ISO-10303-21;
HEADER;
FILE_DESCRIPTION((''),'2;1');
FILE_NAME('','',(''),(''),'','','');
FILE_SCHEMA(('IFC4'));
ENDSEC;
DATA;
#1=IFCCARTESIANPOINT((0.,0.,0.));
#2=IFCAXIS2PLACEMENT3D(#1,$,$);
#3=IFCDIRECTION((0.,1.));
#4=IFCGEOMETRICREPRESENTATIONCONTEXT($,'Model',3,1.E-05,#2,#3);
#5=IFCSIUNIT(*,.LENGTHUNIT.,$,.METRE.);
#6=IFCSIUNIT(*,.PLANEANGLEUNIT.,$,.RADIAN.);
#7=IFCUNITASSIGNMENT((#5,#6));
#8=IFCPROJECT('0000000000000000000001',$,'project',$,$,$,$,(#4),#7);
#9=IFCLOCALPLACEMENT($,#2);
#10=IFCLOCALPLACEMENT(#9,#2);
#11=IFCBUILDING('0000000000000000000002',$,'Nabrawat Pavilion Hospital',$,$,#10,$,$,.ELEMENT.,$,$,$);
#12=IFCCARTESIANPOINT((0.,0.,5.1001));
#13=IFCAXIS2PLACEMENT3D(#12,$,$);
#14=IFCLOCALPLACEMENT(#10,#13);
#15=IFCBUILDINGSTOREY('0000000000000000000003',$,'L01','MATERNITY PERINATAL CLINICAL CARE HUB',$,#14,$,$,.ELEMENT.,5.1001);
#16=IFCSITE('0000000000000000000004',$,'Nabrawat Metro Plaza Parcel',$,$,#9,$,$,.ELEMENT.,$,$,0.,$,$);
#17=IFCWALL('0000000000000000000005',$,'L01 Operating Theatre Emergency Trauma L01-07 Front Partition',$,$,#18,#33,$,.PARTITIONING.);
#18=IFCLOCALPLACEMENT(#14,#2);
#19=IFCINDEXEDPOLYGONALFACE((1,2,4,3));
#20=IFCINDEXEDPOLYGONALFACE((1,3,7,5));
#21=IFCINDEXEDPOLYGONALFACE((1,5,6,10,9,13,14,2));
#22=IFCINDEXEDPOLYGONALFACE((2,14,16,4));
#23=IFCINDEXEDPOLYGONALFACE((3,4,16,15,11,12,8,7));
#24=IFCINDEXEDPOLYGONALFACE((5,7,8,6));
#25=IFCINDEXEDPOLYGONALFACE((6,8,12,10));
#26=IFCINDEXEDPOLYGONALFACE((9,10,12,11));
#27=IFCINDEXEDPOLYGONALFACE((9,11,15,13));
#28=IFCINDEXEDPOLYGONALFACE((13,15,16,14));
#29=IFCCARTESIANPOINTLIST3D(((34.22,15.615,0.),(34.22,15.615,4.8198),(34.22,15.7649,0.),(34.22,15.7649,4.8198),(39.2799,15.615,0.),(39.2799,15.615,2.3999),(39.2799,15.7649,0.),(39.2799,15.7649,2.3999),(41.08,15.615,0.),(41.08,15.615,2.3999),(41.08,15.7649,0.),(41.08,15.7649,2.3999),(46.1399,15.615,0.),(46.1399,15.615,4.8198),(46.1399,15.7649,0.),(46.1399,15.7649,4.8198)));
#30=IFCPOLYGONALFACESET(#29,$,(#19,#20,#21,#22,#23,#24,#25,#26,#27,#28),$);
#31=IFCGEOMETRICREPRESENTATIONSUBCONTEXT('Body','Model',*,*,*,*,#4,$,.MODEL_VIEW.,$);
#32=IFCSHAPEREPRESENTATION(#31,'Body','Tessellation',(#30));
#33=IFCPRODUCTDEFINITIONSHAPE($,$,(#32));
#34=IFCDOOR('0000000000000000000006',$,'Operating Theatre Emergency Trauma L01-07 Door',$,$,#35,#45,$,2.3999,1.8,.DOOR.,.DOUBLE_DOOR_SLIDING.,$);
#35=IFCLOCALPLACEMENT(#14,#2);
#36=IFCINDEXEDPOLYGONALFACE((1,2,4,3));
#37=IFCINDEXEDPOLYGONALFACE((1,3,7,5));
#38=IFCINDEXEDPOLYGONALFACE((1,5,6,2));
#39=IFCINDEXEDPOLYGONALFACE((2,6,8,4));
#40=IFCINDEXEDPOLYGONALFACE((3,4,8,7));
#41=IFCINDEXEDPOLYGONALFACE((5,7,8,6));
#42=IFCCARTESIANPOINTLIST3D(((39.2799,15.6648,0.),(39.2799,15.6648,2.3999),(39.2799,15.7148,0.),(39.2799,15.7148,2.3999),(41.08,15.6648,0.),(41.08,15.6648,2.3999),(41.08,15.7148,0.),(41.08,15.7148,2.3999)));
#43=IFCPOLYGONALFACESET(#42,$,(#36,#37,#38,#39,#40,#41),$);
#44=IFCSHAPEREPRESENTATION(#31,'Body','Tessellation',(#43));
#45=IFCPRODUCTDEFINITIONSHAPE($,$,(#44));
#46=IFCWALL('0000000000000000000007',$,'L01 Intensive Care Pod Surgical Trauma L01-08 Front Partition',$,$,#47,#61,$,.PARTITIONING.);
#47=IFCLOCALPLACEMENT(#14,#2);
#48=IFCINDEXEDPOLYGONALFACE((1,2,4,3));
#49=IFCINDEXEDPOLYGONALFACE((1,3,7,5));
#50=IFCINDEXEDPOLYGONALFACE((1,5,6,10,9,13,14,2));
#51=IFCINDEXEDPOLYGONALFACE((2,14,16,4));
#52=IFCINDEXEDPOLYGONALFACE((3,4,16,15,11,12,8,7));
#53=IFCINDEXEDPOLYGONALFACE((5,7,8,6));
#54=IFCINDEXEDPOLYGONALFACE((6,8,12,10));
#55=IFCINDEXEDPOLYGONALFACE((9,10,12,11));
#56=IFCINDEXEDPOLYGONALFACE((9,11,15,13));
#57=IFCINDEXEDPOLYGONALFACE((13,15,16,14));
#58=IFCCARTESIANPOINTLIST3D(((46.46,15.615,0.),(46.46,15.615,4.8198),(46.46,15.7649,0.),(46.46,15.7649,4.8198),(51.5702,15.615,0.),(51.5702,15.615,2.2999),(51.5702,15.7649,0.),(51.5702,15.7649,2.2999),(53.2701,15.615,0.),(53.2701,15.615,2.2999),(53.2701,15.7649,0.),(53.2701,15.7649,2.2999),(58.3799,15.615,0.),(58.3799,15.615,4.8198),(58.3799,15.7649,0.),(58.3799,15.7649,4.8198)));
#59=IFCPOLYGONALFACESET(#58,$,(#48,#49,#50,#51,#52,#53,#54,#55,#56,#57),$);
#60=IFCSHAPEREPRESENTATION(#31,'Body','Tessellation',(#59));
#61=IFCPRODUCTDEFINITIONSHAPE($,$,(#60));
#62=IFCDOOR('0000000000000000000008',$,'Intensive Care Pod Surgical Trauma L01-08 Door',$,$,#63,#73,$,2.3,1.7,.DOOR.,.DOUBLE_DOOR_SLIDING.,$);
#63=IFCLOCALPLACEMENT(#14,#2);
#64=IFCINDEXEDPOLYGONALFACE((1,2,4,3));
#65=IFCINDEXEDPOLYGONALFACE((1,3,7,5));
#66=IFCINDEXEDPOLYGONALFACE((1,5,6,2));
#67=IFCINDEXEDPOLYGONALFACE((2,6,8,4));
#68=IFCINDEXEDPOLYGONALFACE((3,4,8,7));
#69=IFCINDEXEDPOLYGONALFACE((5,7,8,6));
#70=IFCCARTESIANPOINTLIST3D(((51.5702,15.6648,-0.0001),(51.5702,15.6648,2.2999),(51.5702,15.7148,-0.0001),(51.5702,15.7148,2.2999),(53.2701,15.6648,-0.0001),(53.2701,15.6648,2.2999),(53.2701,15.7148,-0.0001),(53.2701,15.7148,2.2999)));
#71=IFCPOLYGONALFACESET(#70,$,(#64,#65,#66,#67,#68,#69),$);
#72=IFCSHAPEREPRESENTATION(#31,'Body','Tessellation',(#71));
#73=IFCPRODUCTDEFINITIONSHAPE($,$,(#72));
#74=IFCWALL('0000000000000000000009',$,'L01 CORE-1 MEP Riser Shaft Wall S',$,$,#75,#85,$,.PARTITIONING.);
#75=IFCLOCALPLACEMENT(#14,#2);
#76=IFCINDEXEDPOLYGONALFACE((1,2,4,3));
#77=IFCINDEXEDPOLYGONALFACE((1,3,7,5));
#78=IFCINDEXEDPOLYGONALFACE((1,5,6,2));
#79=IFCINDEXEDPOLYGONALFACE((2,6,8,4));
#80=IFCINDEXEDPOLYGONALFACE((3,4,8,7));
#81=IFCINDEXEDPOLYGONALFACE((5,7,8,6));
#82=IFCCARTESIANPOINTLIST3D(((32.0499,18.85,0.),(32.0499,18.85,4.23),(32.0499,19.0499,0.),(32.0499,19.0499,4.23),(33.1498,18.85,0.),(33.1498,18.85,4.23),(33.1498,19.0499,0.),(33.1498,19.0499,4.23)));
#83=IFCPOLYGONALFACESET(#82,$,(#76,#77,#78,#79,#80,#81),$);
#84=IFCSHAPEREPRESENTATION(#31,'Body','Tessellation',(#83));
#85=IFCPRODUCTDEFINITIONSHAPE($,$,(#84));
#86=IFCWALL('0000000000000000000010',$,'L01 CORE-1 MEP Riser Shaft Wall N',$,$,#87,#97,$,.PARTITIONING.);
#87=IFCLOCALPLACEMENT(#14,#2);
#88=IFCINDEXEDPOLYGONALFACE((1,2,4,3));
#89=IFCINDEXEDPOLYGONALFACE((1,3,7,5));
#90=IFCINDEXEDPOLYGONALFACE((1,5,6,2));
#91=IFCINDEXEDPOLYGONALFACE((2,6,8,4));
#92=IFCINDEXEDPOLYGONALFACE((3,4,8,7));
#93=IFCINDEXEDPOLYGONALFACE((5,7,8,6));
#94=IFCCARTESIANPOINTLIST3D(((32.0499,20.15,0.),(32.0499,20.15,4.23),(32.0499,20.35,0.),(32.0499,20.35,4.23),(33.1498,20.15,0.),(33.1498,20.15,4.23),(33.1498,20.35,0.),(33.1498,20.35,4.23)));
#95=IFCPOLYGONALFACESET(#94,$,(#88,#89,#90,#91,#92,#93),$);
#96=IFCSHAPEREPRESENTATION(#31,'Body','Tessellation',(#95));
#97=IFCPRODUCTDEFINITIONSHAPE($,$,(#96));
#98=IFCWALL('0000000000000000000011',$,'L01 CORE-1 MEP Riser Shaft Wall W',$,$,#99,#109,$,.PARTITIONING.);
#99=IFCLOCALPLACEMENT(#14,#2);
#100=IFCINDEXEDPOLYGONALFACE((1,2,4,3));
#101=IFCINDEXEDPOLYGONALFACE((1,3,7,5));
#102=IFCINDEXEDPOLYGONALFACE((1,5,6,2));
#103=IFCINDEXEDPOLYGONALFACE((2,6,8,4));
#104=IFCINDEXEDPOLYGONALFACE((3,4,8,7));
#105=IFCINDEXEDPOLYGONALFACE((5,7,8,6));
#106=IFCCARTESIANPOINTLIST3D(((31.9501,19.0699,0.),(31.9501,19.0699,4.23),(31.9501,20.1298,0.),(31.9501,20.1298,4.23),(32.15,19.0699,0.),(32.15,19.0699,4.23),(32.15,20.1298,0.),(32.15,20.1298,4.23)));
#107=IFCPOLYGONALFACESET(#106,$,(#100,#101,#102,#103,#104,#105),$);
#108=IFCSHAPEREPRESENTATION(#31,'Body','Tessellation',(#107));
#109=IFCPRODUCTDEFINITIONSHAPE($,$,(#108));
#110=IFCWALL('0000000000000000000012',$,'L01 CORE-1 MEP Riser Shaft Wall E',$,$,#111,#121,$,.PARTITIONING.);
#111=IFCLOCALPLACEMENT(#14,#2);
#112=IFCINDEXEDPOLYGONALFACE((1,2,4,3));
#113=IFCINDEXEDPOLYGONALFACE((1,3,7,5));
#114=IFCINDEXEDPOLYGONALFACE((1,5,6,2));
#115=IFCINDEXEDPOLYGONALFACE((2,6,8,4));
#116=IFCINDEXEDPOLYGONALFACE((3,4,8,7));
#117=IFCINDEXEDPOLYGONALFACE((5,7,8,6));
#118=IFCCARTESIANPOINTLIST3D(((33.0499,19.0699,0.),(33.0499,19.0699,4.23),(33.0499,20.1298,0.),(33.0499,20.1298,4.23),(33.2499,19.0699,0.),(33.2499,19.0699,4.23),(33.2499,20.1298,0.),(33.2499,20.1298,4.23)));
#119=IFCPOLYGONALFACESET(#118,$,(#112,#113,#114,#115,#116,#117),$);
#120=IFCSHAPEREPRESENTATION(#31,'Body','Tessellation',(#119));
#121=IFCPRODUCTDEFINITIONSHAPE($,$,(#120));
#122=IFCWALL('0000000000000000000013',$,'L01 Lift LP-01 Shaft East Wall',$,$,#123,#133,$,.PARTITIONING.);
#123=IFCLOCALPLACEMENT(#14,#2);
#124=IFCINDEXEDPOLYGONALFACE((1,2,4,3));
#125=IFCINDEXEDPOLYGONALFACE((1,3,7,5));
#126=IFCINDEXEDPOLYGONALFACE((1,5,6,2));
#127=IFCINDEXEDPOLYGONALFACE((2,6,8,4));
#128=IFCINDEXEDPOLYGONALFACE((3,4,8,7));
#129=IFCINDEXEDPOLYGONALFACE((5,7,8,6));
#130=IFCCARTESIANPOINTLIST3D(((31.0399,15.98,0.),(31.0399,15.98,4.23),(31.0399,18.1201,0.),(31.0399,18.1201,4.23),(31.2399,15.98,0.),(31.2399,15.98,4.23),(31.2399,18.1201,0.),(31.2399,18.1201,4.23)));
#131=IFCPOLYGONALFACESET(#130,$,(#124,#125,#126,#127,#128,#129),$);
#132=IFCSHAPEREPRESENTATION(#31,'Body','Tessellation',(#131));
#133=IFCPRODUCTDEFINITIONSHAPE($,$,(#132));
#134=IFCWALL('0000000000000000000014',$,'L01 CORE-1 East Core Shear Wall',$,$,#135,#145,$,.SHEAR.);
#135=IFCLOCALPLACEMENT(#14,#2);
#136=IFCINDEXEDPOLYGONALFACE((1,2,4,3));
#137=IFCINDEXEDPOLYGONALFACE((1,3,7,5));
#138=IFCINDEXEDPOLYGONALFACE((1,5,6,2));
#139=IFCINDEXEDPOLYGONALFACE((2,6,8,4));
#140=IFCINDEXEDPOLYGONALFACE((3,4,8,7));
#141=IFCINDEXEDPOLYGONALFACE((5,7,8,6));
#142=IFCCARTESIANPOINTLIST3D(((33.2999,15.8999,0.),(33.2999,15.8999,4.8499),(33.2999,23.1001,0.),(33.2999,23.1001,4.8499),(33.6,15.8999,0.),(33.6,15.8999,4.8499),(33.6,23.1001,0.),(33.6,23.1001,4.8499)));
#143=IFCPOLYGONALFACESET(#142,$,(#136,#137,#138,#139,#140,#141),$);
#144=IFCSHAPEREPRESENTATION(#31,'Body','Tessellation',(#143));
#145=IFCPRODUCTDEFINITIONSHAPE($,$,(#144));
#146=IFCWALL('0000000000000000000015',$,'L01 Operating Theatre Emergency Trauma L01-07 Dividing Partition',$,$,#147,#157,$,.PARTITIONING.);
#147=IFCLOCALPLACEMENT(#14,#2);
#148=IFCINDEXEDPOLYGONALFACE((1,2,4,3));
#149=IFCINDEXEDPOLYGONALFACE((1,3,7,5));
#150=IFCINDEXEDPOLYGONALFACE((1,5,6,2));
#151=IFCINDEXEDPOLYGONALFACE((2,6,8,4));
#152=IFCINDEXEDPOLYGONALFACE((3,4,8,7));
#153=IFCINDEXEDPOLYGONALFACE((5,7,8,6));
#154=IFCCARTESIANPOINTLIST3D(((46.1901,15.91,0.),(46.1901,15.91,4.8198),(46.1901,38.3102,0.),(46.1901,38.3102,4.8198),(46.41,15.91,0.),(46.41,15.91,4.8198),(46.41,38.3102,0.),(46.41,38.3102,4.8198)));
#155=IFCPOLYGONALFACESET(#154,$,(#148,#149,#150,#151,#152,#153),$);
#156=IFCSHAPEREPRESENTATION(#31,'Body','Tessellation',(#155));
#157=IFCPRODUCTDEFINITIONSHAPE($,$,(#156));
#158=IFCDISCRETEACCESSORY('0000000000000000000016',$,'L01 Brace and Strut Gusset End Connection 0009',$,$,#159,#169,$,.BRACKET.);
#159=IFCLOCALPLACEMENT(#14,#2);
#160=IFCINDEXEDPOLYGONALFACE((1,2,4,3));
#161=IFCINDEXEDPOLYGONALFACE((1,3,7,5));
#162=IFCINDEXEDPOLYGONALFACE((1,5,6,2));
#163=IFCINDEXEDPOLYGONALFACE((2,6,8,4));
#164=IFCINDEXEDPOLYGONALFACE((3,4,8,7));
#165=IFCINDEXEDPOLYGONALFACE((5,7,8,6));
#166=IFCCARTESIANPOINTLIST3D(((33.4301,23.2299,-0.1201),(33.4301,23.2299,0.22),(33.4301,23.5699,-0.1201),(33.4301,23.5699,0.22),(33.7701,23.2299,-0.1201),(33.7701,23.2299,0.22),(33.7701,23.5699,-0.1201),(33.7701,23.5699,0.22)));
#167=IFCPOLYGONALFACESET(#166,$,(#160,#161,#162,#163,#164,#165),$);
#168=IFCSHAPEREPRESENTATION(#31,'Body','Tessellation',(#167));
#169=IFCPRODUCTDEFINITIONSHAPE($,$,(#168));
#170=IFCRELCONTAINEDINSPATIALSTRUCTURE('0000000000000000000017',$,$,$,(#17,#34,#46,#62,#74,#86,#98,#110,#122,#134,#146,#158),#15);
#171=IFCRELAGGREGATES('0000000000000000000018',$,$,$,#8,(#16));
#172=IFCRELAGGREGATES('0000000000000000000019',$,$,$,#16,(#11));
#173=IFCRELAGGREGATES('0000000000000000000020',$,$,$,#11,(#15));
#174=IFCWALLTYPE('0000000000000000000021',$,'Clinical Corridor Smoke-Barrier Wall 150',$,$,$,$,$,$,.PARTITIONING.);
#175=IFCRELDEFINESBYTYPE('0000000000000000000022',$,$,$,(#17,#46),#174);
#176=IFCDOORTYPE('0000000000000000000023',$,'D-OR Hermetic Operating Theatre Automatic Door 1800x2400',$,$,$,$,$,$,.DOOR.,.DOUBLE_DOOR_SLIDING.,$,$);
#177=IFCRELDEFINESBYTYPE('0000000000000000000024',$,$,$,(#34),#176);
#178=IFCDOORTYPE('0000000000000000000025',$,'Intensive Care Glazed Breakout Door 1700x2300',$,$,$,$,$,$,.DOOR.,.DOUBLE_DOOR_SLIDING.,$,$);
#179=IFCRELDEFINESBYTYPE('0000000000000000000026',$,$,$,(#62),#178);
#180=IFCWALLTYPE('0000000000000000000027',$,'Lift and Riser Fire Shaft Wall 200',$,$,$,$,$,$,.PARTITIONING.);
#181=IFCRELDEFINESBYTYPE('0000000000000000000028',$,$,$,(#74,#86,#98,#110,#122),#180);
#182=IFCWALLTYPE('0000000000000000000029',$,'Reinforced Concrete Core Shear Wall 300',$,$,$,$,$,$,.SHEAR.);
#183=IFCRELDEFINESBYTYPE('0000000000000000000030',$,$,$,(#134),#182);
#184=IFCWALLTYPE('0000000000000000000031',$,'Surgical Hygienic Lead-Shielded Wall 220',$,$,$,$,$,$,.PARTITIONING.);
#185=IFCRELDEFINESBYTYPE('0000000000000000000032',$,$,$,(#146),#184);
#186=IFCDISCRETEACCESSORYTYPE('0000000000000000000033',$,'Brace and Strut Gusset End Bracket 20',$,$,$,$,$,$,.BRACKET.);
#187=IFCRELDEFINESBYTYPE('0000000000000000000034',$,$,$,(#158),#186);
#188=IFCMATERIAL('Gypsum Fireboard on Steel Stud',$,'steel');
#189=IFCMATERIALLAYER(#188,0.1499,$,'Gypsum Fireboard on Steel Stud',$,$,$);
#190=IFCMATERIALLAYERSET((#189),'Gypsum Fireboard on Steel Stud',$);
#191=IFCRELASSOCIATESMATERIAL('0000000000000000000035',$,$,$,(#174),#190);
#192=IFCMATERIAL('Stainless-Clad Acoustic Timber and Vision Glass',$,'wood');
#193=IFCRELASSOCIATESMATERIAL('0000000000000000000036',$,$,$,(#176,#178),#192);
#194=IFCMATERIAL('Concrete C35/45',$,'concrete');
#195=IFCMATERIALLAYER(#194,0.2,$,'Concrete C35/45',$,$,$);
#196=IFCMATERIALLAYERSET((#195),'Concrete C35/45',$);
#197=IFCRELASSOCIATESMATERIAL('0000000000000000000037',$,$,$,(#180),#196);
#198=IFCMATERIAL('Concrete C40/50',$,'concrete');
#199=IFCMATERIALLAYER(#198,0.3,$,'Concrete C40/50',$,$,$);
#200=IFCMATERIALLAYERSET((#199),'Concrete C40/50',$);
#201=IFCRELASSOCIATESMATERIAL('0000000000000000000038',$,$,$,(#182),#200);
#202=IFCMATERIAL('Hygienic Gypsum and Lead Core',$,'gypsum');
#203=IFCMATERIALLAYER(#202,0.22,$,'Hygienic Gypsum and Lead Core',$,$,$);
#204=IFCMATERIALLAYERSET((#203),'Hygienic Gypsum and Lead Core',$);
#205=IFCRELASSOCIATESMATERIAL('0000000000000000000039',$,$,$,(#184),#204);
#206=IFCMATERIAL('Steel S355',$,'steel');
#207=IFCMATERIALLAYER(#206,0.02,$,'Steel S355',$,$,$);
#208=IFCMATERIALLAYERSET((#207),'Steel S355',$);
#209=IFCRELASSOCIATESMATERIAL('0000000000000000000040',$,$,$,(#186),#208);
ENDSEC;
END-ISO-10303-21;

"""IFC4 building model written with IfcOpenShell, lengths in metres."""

from ifc_helpers import new_model, si_unit, direction, frame, frame_2d, origin, origin_2d, place, context, subcontext, project, spatial, rectangle, extrude, material, layer, layer_set, type_object, element, fill, save


model = new_model("IFC4")

# Units and contexts
model_context = context("Model", 3, precision=1e-05, world=origin(), true_north=direction((0.0, 1.0)))
body_context = subcontext(model_context, "Body", "Model", "MODEL_VIEW")
ifc_project = project(units=[si_unit("LENGTHUNIT", "METRE"), si_unit("PLANEANGLEUNIT", "RADIAN")], contexts=[model_context])

# Site, building, storey
site_placement = place(None, origin())
site = spatial("IfcSite", under=ifc_project, at=site_placement, Name="Nabrawat Metro Plaza Parcel", CompositionType="ELEMENT", RefElevation=0.0)
building_placement = place(site_placement, origin())
building = spatial("IfcBuilding", under=site, at=building_placement, Name="Nabrawat Pavilion Hospital", CompositionType="ELEMENT")
storey_placement = place(building_placement, frame((0.0, 0.0, 5.1001)))
storey = spatial("IfcBuildingStorey", under=building, at=storey_placement, Name="L01", Description="MATERNITY PERINATAL CLINICAL CARE HUB", CompositionType="ELEMENT", Elevation=5.1001)

# Shared definitions
ifc_material_1 = material(Name="Steel S355", Category="steel")

# Walls, openings, doors
ifc_material_2 = material(Name="Gypsum Fireboard on Steel Stud", Category="steel")
ifc_layer_1 = layer(ifc_material_2, 0.1499, Name="Gypsum Fireboard on Steel Stud")
ifc_layer_set_1 = layer_set([ifc_layer_1], Name="Gypsum Fireboard on Steel Stud")
wall_type_1 = type_object("IfcWallType", Name="Clinical Corridor Smoke-Barrier Wall 150", PredefinedType="PARTITIONING", material=ifc_layer_set_1)
ifc_material_3 = material(Name="Stainless-Clad Acoustic Timber and Vision Glass", Category="wood")
wall_1_placement = place(storey_placement, frame((34.22, 15.6899, 0.0), z_axis=(0.0, 0.0, 1.0), x_axis=(1.0, 0.0, 0.0)))
wall_1 = element("IfcWall", 1, at=wall_1_placement, inside=storey, type_object=wall_type_1, Name="L01 Operating Theatre Emergency Trauma L01-07 Front Partition", PredefinedType="PARTITIONING", context=body_context, shape_type="SweptSolid", body=[
    extrude(rectangle(XDim=11.9199, YDim=0.1499, at=frame_2d((5.96, 0.0))), origin(), (0.0, 0.0, 1.0), 4.8198),
])
opening_1_placement = place(wall_1_placement, frame((5.0601, 0.0, 0.0)))
opening_1 = element("IfcOpeningElement", 2, at=opening_1_placement, cuts=wall_1, PredefinedType="OPENING", context=body_context, shape_type="SweptSolid", body=[
    extrude(rectangle(XDim=1.8, YDim=2.3999, at=frame_2d((0.8999, 1.2))), frame((0.0, 0.085, 0.0), z_axis=(0.0, -1.0, 0.0), x_axis=(1.0, 0.0, 0.0)), (0.0, 0.0, 1.0), 0.1699),
])
door_type_1 = type_object("IfcDoorType", Name="D-OR Hermetic Operating Theatre Automatic Door 1800x2400", OperationType="DOUBLE_DOOR_SLIDING", PredefinedType="DOOR", material=ifc_material_3)
door_1_placement = place(opening_1_placement, origin())
door_1 = element("IfcDoor", 3, at=door_1_placement, inside=storey, type_object=door_type_1, Name="Operating Theatre Emergency Trauma L01-07 Door", OperationType="DOUBLE_DOOR_SLIDING", OverallHeight=2.3999, OverallWidth=1.8, PredefinedType="DOOR", context=body_context, shape_type="SweptSolid", body=[
    extrude(rectangle(XDim=1.8, YDim=2.3999, at=frame_2d((0.8999, 1.2))), frame((0.0, 0.0249, 0.0), z_axis=(0.0, -1.0, 0.0), x_axis=(1.0, 0.0, 0.0)), (0.0, 0.0, 1.0), 0.05),
])
fill(opening_1, door_1)
wall_2_placement = place(storey_placement, frame((46.46, 15.6899, 0.0), z_axis=(0.0, 0.0, 1.0), x_axis=(1.0, 0.0, 0.0)))
wall_2 = element("IfcWall", 4, at=wall_2_placement, inside=storey, type_object=wall_type_1, Name="L01 Intensive Care Pod Surgical Trauma L01-08 Front Partition", PredefinedType="PARTITIONING", context=body_context, shape_type="SweptSolid", body=[
    extrude(rectangle(XDim=11.9199, YDim=0.1499, at=frame_2d((5.96, 0.0))), origin(), (0.0, 0.0, 1.0), 4.8198),
])
opening_2_placement = place(wall_2_placement, frame((5.1101, 0.0, 0.0)))
opening_2 = element("IfcOpeningElement", 5, at=opening_2_placement, cuts=wall_2, PredefinedType="OPENING", context=body_context, shape_type="SweptSolid", body=[
    extrude(rectangle(XDim=1.7, YDim=2.3, at=frame_2d((0.8501, 1.1499))), frame((0.0, 0.085, 0.0), z_axis=(0.0, -1.0, 0.0), x_axis=(1.0, 0.0, 0.0)), (0.0, 0.0, 1.0), 0.1699),
])
door_type_2 = type_object("IfcDoorType", Name="Intensive Care Glazed Breakout Door 1700x2300", OperationType="DOUBLE_DOOR_SLIDING", PredefinedType="DOOR", material=ifc_material_3)
door_2_placement = place(opening_2_placement, origin())
door_2 = element("IfcDoor", 6, at=door_2_placement, inside=storey, type_object=door_type_2, Name="Intensive Care Pod Surgical Trauma L01-08 Door", OperationType="DOUBLE_DOOR_SLIDING", OverallHeight=2.3, OverallWidth=1.7, PredefinedType="DOOR", context=body_context, shape_type="SweptSolid", body=[
    extrude(rectangle(XDim=1.7, YDim=2.3, at=frame_2d((0.8501, 1.1499))), frame((0.0, 0.0249, 0.0), z_axis=(0.0, -1.0, 0.0), x_axis=(1.0, 0.0, 0.0)), (0.0, 0.0, 1.0), 0.05),
])
fill(opening_2, door_2)

# Walls
ifc_material_4 = material(Name="Concrete C35/45", Category="concrete")
ifc_layer_2 = layer(ifc_material_4, 0.2, Name="Concrete C35/45")
ifc_layer_set_2 = layer_set([ifc_layer_2], Name="Concrete C35/45")
wall_type_2 = type_object("IfcWallType", Name="Lift and Riser Fire Shaft Wall 200", PredefinedType="PARTITIONING", material=ifc_layer_set_2)
for number, where, z_axis, x_axis, name in (
    (7, (32.05, 18.95, 0.0), (0.0, 0.0, 1.0), (1.0, 0.0, 0.0), "L01 CORE-1 MEP Riser Shaft Wall S"),
    (8, (32.05, 20.25, 0.0), (0.0, 0.0, 1.0), (1.0, 0.0, 0.0), "L01 CORE-1 MEP Riser Shaft Wall N"),
):
    element("IfcWall", number, at=place(storey_placement, frame(where, z_axis=z_axis, x_axis=x_axis)), inside=storey, type_object=wall_type_2, Name=name, PredefinedType="PARTITIONING", context=body_context, shape_type="SweptSolid", body=[
        extrude(rectangle(XDim=1.0999, YDim=0.2, at=frame_2d((0.5498, 0.0))), origin(), (0.0, 0.0, 1.0), 4.23),
    ])
for number, where, z_axis, x_axis, name in (
    (9, (32.05, 19.0701, 0.0), (0.0, 0.0, 1.0), (0.0, 1.0, 0.0), "L01 CORE-1 MEP Riser Shaft Wall W"),
    (10, (33.1499, 19.0701, 0.0), (0.0, 0.0, 1.0), (0.0, 1.0, 0.0), "L01 CORE-1 MEP Riser Shaft Wall E"),
):
    element("IfcWall", number, at=place(storey_placement, frame(where, z_axis=z_axis, x_axis=x_axis)), inside=storey, type_object=wall_type_2, Name=name, PredefinedType="PARTITIONING", context=body_context, shape_type="SweptSolid", body=[
        extrude(rectangle(XDim=1.0598, YDim=0.2, at=frame_2d((0.5298, 0.0))), origin(), (0.0, 0.0, 1.0), 4.23),
    ])
wall_3_placement = place(storey_placement, frame((31.1399, 15.98, 0.0), z_axis=(0.0, 0.0, 1.0), x_axis=(0.0, 1.0, 0.0)))
element("IfcWall", 11, at=wall_3_placement, inside=storey, type_object=wall_type_2, Name="L01 Lift LP-01 Shaft East Wall", PredefinedType="PARTITIONING", context=body_context, shape_type="SweptSolid", body=[
    extrude(rectangle(XDim=2.1401, YDim=0.2, at=frame_2d((1.0701, 0.0))), origin(), (0.0, 0.0, 1.0), 4.23),
])
ifc_material_5 = material(Name="Concrete C40/50", Category="concrete")
ifc_layer_3 = layer(ifc_material_5, 0.3, Name="Concrete C40/50")
ifc_layer_set_3 = layer_set([ifc_layer_3], Name="Concrete C40/50")
wall_type_3 = type_object("IfcWallType", Name="Reinforced Concrete Core Shear Wall 300", PredefinedType="SHEAR", material=ifc_layer_set_3)
wall_4_placement = place(storey_placement, frame((33.45, 15.8999, 0.0), z_axis=(0.0, 0.0, 1.0), x_axis=(0.0, 1.0, 0.0)))
element("IfcWall", 12, at=wall_4_placement, inside=storey, type_object=wall_type_3, Name="L01 CORE-1 East Core Shear Wall", PredefinedType="SHEAR", context=body_context, shape_type="SweptSolid", body=[
    extrude(rectangle(XDim=7.2002, YDim=0.3, at=frame_2d((3.6001, 0.0))), origin(), (0.0, 0.0, 1.0), 4.8499),
])
ifc_material_6 = material(Name="Hygienic Gypsum and Lead Core", Category="gypsum")
ifc_layer_4 = layer(ifc_material_6, 0.22, Name="Hygienic Gypsum and Lead Core")
ifc_layer_set_4 = layer_set([ifc_layer_4], Name="Hygienic Gypsum and Lead Core")
wall_type_4 = type_object("IfcWallType", Name="Surgical Hygienic Lead-Shielded Wall 220", PredefinedType="PARTITIONING", material=ifc_layer_set_4)
wall_5_placement = place(storey_placement, frame((46.3, 15.9099, 0.0), z_axis=(0.0, 0.0, 1.0), x_axis=(0.0, 1.0, 0.0)))
element("IfcWall", 13, at=wall_5_placement, inside=storey, type_object=wall_type_4, Name="L01 Operating Theatre Emergency Trauma L01-07 Dividing Partition", PredefinedType="PARTITIONING", context=body_context, shape_type="SweptSolid", body=[
    extrude(rectangle(XDim=22.4001, YDim=0.22, at=frame_2d((11.2002, 0.0))), origin(), (0.0, 0.0, 1.0), 4.8198),
])

# Discrete accessory
ifc_layer_5 = layer(ifc_material_1, 0.02, Name="Steel S355")
ifc_layer_set_5 = layer_set([ifc_layer_5], Name="Steel S355")
discrete_accessory_type = type_object("IfcDiscreteAccessoryType", Name="Brace and Strut Gusset End Bracket 20", PredefinedType="BRACKET", material=ifc_layer_set_5)
discrete_accessory_placement = place(storey_placement, frame((33.6001, 23.3999, -0.1201), z_axis=(0.0, 0.0, 1.0), x_axis=(1.0, 0.0, 0.0)))
element("IfcDiscreteAccessory", 14, at=discrete_accessory_placement, inside=storey, type_object=discrete_accessory_type, Name="L01 Brace and Strut Gusset End Connection 0009", PredefinedType="BRACKET", context=body_context, shape_type="SweptSolid", body=[
    extrude(rectangle(XDim=0.3401, YDim=0.3401, at=origin_2d()), origin(), (0.0, 0.0, 1.0), 0.3401),
])

save(model, "model.ifc")
